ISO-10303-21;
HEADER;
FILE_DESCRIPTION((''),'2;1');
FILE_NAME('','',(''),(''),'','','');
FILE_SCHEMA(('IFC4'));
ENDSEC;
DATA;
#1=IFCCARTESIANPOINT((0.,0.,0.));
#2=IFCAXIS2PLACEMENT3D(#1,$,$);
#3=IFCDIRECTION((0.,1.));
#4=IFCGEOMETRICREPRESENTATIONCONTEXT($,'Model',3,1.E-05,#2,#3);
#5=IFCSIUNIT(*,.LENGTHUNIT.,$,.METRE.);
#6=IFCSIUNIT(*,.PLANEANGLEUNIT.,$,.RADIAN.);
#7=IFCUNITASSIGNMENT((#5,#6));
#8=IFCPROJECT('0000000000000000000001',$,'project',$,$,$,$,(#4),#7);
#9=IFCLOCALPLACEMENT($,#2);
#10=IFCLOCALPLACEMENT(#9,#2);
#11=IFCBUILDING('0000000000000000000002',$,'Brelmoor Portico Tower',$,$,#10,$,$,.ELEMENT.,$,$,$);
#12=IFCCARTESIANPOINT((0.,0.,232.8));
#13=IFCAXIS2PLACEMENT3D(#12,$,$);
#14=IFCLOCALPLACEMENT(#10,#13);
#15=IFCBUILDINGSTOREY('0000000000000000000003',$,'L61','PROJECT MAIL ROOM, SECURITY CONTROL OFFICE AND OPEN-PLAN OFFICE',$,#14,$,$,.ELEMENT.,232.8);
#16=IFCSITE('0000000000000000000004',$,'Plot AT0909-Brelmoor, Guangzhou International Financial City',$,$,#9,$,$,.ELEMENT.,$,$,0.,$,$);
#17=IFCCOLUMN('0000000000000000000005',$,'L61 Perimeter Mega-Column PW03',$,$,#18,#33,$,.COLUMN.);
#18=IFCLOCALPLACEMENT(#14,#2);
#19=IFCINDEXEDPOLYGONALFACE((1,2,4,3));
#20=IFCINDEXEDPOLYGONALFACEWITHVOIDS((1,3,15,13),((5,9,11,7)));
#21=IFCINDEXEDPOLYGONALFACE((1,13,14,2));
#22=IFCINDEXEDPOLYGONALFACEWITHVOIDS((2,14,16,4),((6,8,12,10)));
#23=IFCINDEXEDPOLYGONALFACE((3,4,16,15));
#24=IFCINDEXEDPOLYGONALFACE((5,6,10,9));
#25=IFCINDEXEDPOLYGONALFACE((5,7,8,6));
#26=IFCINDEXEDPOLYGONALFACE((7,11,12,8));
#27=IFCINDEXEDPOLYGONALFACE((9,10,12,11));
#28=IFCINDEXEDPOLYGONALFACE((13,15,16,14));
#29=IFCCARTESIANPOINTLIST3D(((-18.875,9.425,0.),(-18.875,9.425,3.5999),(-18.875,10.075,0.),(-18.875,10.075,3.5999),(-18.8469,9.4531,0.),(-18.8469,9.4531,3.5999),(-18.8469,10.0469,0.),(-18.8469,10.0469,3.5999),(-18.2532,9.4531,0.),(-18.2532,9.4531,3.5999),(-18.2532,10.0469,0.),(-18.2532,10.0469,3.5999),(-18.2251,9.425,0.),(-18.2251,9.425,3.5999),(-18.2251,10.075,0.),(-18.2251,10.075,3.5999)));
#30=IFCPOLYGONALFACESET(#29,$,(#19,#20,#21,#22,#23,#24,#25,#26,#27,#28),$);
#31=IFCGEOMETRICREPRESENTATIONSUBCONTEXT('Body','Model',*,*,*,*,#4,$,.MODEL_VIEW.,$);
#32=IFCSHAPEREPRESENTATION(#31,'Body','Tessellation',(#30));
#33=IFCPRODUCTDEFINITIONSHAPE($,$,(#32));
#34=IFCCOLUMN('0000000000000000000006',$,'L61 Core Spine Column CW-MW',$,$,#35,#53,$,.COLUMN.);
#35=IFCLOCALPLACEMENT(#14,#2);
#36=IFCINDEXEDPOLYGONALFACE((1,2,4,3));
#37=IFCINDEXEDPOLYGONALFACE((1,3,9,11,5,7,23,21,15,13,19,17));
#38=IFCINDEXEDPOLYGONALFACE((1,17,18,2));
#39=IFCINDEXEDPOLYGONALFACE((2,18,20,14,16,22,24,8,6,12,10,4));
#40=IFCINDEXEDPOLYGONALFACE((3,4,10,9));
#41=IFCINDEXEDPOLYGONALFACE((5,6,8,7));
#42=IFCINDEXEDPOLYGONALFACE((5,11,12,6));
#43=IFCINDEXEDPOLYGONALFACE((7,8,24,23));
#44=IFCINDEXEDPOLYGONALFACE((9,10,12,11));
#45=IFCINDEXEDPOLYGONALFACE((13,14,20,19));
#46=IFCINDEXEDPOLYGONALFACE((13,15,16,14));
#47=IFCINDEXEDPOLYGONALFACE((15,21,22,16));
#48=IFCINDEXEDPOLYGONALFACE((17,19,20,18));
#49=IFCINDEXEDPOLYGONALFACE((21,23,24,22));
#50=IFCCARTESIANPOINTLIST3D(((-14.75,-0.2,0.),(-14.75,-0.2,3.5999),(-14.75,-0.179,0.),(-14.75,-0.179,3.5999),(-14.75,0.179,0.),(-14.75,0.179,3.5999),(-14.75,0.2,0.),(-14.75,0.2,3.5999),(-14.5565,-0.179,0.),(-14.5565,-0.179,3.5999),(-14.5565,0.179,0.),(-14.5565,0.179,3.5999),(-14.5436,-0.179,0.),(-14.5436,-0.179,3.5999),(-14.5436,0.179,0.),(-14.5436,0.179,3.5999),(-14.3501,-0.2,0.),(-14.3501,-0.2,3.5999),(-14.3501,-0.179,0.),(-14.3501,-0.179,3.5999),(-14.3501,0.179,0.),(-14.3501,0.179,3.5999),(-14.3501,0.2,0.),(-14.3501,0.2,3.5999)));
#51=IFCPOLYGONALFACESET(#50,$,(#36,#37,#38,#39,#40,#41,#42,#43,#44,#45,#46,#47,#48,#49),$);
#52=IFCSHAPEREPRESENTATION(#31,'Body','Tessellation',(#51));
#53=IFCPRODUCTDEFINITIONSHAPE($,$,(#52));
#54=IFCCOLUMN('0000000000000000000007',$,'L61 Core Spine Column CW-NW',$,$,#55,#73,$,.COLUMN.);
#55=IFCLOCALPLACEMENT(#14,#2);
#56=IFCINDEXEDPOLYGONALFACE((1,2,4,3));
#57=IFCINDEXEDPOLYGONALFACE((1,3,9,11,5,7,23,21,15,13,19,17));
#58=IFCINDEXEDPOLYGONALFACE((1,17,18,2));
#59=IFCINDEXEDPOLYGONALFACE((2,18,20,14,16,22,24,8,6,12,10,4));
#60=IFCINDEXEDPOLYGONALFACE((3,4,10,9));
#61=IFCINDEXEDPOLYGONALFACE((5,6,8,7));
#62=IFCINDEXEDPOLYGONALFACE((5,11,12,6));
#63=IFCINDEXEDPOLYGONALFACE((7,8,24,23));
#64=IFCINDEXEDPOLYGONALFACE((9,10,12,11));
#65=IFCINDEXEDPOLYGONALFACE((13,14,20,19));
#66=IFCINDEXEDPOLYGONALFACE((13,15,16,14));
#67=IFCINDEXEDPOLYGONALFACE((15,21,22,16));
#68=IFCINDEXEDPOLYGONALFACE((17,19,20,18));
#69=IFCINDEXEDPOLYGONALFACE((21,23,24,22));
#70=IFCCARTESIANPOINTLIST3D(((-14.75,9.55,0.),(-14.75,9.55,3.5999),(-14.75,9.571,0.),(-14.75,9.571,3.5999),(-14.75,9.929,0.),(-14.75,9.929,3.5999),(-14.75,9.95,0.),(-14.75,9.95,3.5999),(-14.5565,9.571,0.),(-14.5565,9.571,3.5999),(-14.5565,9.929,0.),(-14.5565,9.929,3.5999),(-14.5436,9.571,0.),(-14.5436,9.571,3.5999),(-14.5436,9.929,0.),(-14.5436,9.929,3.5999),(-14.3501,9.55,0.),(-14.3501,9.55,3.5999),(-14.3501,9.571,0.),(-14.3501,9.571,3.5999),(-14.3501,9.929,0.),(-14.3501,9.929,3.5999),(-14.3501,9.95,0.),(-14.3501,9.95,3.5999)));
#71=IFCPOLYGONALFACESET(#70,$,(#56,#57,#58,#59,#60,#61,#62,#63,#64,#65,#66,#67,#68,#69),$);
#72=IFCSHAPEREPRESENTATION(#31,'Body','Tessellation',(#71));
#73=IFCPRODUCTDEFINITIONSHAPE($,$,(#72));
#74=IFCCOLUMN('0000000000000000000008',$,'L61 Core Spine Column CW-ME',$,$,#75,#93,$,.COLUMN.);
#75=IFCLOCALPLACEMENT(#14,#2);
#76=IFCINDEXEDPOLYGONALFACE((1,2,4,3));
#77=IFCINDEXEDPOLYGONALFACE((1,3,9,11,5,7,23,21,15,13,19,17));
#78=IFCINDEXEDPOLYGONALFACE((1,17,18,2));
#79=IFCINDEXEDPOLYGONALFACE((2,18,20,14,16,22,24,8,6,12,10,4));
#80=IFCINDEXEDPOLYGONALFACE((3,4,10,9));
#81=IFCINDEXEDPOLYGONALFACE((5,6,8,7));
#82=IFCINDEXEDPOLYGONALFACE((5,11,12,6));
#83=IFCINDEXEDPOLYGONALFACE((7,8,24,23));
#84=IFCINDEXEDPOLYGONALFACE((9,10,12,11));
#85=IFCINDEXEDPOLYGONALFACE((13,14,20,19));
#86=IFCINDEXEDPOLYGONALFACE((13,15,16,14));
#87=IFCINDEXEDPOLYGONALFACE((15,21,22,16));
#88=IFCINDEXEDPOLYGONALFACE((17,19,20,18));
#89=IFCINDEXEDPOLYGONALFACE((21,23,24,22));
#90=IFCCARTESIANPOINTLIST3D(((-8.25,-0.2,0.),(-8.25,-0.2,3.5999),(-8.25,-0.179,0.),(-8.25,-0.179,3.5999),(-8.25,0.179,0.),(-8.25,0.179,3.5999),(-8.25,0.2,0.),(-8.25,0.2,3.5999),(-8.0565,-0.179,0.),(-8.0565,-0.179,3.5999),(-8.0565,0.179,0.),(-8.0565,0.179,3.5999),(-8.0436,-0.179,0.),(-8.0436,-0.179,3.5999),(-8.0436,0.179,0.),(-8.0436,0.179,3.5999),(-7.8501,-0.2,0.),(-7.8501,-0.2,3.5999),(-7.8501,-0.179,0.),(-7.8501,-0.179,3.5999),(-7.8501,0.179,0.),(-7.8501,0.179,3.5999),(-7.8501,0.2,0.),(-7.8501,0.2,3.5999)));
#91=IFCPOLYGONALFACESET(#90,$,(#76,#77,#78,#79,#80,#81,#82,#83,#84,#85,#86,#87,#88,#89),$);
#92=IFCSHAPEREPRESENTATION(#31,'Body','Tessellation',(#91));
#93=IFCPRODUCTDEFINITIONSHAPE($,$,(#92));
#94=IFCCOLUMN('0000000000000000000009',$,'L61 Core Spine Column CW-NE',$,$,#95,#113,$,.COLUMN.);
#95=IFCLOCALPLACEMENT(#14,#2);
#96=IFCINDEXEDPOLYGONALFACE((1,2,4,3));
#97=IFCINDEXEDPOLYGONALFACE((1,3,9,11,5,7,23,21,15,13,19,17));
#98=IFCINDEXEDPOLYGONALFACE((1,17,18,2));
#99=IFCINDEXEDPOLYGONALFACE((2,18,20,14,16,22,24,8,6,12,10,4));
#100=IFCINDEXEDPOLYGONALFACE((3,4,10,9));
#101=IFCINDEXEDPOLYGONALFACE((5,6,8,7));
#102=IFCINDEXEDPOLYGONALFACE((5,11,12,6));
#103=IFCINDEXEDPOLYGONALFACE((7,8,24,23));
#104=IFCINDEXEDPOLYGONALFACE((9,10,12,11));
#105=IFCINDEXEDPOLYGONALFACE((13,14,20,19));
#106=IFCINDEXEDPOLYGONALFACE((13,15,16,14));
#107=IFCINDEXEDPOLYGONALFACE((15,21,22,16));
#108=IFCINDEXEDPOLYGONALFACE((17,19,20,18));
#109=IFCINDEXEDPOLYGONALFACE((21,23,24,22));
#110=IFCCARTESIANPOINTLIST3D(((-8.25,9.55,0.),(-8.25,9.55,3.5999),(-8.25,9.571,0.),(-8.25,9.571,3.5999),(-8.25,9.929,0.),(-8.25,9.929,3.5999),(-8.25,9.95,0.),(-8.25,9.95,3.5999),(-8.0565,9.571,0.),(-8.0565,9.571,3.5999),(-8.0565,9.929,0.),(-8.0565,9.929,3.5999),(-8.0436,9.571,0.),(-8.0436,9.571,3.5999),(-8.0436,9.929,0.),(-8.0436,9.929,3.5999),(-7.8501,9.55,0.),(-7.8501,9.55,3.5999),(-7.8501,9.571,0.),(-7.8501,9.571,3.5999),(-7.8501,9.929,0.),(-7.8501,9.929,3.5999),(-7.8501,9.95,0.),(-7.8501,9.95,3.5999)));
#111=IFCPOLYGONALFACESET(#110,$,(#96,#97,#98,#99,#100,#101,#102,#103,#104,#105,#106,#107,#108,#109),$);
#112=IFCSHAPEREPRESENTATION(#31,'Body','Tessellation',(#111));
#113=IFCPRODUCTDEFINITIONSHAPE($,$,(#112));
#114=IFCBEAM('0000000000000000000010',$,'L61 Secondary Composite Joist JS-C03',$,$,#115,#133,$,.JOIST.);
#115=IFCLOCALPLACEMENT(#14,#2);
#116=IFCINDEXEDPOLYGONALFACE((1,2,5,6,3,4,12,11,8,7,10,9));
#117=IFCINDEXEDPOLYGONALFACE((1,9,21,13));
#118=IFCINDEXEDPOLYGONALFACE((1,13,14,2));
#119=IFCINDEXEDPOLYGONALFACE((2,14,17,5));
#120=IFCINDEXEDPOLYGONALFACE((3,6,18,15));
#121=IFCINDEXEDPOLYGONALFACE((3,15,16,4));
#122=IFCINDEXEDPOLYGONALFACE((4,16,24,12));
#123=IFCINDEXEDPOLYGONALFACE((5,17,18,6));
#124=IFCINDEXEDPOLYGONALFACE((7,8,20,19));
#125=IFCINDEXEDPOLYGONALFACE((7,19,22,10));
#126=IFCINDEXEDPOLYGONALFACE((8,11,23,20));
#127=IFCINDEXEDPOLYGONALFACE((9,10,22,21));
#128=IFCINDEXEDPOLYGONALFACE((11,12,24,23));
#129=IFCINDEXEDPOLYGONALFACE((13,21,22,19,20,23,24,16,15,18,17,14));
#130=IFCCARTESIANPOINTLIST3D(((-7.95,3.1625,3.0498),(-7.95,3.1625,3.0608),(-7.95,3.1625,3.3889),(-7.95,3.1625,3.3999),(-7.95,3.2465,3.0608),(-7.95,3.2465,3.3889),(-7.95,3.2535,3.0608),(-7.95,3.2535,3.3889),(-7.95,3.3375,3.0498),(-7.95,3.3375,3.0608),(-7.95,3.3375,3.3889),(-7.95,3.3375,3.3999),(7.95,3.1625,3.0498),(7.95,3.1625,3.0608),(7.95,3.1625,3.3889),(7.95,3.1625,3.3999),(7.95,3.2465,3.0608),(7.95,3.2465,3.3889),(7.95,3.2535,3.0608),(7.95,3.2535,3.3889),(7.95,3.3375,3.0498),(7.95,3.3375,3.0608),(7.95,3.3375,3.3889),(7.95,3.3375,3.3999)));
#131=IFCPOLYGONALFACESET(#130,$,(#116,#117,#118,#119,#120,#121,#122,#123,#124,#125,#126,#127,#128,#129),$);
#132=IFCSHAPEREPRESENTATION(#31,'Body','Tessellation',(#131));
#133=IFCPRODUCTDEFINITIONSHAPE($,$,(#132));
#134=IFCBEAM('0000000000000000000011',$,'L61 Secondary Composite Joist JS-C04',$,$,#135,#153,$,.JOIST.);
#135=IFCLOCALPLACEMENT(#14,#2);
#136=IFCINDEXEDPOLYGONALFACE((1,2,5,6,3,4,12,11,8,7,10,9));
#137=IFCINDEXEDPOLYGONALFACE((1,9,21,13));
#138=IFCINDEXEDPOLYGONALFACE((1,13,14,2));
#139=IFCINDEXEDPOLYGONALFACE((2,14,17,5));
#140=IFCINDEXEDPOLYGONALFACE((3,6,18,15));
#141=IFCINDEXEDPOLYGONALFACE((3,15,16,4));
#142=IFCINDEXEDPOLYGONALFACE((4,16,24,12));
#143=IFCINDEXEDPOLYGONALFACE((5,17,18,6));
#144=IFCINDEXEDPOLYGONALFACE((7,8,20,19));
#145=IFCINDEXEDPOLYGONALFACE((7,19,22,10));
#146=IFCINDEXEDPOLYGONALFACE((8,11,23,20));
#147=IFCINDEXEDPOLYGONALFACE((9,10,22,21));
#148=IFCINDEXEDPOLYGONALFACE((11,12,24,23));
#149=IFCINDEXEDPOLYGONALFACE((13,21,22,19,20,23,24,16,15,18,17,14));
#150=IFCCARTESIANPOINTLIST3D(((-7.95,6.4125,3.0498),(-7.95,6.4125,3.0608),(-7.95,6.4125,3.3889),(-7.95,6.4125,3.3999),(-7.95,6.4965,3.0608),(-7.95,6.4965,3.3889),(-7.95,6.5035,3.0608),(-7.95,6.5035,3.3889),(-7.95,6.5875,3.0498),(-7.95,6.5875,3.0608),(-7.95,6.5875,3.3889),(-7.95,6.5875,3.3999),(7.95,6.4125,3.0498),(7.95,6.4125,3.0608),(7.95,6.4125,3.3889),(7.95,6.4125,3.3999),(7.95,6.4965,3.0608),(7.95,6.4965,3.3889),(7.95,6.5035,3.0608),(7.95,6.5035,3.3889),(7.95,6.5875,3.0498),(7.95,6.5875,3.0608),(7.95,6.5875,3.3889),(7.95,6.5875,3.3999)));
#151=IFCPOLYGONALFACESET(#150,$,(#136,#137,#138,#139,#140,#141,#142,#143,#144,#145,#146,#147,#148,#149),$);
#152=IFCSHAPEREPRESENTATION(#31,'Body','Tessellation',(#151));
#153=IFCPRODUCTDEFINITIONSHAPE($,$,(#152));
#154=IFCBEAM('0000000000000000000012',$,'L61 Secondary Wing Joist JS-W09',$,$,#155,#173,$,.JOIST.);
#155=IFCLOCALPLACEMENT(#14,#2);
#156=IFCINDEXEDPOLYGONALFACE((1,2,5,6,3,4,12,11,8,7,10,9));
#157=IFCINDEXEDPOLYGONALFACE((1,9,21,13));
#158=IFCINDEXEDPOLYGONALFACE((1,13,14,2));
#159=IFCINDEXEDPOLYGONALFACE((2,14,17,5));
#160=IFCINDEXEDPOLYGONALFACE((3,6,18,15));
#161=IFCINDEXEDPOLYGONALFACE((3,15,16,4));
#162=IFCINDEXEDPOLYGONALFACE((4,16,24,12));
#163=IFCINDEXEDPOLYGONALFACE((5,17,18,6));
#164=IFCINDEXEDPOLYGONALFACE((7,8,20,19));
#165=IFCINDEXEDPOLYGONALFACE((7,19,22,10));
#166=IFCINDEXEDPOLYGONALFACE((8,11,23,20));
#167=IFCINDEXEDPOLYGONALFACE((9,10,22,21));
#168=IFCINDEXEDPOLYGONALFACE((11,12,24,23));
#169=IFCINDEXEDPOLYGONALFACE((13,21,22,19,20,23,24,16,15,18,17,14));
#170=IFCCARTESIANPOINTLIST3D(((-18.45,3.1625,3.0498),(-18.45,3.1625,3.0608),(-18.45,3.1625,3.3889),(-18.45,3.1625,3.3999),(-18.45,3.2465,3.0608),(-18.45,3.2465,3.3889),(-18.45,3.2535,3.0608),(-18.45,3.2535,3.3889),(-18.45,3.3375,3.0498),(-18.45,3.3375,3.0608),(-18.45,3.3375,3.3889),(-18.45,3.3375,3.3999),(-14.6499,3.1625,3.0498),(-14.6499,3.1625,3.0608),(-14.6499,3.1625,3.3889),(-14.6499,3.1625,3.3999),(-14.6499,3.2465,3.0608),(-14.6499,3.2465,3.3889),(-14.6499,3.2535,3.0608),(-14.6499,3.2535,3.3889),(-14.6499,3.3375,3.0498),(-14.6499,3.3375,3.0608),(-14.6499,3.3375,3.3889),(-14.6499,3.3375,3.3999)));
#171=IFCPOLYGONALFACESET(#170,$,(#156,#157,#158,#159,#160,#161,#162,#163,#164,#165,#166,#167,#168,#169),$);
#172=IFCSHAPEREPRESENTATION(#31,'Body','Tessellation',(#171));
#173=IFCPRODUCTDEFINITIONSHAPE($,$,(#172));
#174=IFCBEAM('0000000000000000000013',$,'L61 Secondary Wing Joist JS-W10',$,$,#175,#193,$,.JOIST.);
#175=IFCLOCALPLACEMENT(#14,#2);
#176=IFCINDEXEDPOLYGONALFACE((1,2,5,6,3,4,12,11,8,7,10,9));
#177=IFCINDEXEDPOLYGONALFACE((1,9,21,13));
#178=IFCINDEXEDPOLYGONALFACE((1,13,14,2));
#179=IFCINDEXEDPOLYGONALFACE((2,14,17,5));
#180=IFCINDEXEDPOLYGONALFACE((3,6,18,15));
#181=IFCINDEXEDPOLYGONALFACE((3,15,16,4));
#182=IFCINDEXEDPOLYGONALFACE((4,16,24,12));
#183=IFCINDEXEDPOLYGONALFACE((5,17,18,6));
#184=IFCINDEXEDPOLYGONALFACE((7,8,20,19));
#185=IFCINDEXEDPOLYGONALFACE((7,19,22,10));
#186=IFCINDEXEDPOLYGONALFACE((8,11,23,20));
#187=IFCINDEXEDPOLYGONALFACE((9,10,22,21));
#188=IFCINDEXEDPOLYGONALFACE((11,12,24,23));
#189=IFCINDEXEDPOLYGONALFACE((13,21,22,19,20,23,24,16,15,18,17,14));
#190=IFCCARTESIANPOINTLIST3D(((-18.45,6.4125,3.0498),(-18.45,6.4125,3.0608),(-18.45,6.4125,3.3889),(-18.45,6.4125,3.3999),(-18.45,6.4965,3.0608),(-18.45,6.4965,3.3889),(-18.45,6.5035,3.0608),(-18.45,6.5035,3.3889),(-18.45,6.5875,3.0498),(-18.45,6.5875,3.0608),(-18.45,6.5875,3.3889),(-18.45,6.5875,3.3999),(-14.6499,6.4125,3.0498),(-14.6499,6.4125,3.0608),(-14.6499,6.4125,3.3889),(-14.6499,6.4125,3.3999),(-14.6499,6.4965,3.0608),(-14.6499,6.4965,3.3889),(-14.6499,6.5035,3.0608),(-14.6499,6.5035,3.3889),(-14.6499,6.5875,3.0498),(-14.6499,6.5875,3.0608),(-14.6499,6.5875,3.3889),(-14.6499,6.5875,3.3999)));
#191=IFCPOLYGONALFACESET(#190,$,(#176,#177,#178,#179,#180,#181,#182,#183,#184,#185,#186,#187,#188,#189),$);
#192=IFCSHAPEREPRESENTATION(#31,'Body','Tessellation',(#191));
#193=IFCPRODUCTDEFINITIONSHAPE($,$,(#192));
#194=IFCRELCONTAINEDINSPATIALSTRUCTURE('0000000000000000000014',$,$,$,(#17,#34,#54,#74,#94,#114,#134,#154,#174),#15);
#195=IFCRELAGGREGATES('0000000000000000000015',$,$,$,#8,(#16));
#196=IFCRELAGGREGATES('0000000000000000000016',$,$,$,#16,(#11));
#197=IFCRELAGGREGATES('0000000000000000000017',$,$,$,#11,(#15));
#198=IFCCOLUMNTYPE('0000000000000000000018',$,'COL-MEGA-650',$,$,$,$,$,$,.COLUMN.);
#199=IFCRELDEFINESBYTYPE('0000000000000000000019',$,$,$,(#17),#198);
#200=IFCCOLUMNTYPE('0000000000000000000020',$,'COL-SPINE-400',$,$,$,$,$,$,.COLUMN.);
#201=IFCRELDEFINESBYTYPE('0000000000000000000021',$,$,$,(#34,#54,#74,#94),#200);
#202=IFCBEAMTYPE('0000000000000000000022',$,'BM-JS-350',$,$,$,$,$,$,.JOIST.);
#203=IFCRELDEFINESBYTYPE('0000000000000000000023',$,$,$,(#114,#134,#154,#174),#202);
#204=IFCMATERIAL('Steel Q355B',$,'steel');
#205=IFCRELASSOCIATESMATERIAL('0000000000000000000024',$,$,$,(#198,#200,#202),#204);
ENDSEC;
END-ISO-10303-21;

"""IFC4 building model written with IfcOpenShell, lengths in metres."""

from ifc_helpers import new_model, si_unit, direction, frame, origin, origin_2d, place, context, subcontext, project, spatial, hollow_rectangle, i_section, extrude, material, material_profile, profile_set, type_object, element, save


model = new_model("IFC4")

# Units and contexts
model_context = context("Model", 3, precision=1e-05, world=origin(), true_north=direction((0.0, 1.0)))
body_context = subcontext(model_context, "Body", "Model", "MODEL_VIEW")
ifc_project = project(units=[si_unit("LENGTHUNIT", "METRE"), si_unit("PLANEANGLEUNIT", "RADIAN")], contexts=[model_context])

# Site, building, storey
site_placement = place(None, origin())
site = spatial("IfcSite", under=ifc_project, at=site_placement, Name="Plot AT0909-Brelmoor, Guangzhou International Financial City", CompositionType="ELEMENT", RefElevation=0.0)
building_placement = place(site_placement, origin())
building = spatial("IfcBuilding", under=site, at=building_placement, Name="Brelmoor Portico Tower", CompositionType="ELEMENT")
storey_placement = place(building_placement, frame((0.0, 0.0, 232.8)))
storey = spatial("IfcBuildingStorey", under=building, at=storey_placement, Name="L61", Description="PROJECT MAIL ROOM, SECURITY CONTROL OFFICE AND OPEN-PLAN OFFICE", CompositionType="ELEMENT", Elevation=232.8)

# Columns
ifc_material_1 = material(Name="Steel Q355B", Category="steel")
ifc_material_profile_1 = material_profile(ifc_material_1, hollow_rectangle(XDim=0.6499, YDim=0.6499, WallThickness=0.0281, at=origin_2d()), Name="BOX 650x650x28")
ifc_profile_set_1 = profile_set([ifc_material_profile_1], Name="Steel Q355B")
column_type_1 = type_object("IfcColumnType", Name="COL-MEGA-650", PredefinedType="COLUMN", material=ifc_profile_set_1)
column_placement = place(storey_placement, frame((-18.55, 9.75, 0.0), z_axis=(0.0, 0.0, 1.0), x_axis=(0.0, 1.0, 0.0)))
element("IfcColumn", 1, at=column_placement, inside=storey, type_object=column_type_1, Name="L61 Perimeter Mega-Column PW03", PredefinedType="COLUMN", context=body_context, shape_type="SweptSolid", body=[
    extrude(hollow_rectangle(XDim=0.6499, YDim=0.6499, WallThickness=0.0281, at=origin_2d()), origin(), (0.0, 0.0, 1.0), 3.5999),
])
ifc_material_profile_2 = material_profile(ifc_material_1, i_section(OverallWidth=0.3999, OverallDepth=0.3999, WebThickness=0.0129, FlangeThickness=0.021, at=origin_2d()), Name="HW 400x400x13x21")
ifc_profile_set_2 = profile_set([ifc_material_profile_2], Name="Steel Q355B")
column_type_2 = type_object("IfcColumnType", Name="COL-SPINE-400", PredefinedType="COLUMN", material=ifc_profile_set_2)
for number, where, z_axis, x_axis, name in (
    (2, (-14.55, 0.0, 0.0), (0.0, 0.0, 1.0), (1.0, 0.0, 0.0), "L61 Core Spine Column CW-MW"),
    (3, (-14.55, 9.75, 0.0), (0.0, 0.0, 1.0), (1.0, 0.0, 0.0), "L61 Core Spine Column CW-NW"),
    (4, (-8.05, 0.0, 0.0), (0.0, 0.0, 1.0), (1.0, 0.0, 0.0), "L61 Core Spine Column CW-ME"),
    (5, (-8.05, 9.75, 0.0), (0.0, 0.0, 1.0), (1.0, 0.0, 0.0), "L61 Core Spine Column CW-NE"),
):
    element("IfcColumn", number, at=place(storey_placement, frame(where, z_axis=z_axis, x_axis=x_axis)), inside=storey, type_object=column_type_2, Name=name, PredefinedType="COLUMN", context=body_context, shape_type="SweptSolid", body=[
        extrude(i_section(OverallWidth=0.3999, OverallDepth=0.3999, WebThickness=0.0129, FlangeThickness=0.021, at=origin_2d()), origin(), (0.0, 0.0, 1.0), 3.5999),
    ])

# Beams
ifc_material_profile_3 = material_profile(ifc_material_1, i_section(OverallWidth=0.175, OverallDepth=0.3501, WebThickness=0.0071, FlangeThickness=0.011, at=origin_2d()), Name="HN 350x175x7x11")
ifc_profile_set_3 = profile_set([ifc_material_profile_3], Name="Steel Q355B")
beam_type_1 = type_object("IfcBeamType", Name="BM-JS-350", PredefinedType="JOIST", material=ifc_profile_set_3)
for number, where, z_axis, x_axis, name in (
    (6, (-7.95, 3.25, 3.2249), (1.0, 0.0, 0.0), (0.0, 1.0, 0.0), "L61 Secondary Composite Joist JS-C03"),
    (7, (-7.95, 6.5, 3.2249), (1.0, 0.0, 0.0), (0.0, 1.0, 0.0), "L61 Secondary Composite Joist JS-C04"),
):
    element("IfcBeam", number, at=place(storey_placement, frame(where, z_axis=z_axis, x_axis=x_axis)), inside=storey, type_object=beam_type_1, Name=name, PredefinedType="JOIST", context=body_context, shape_type="SweptSolid", body=[
        extrude(i_section(OverallWidth=0.175, OverallDepth=0.3501, WebThickness=0.0071, FlangeThickness=0.011, at=origin_2d()), origin(), (0.0, 0.0, 1.0), 15.8999),
    ])
for number, where, z_axis, x_axis, name in (
    (8, (-18.45, 3.25, 3.2249), (1.0, 0.0, 0.0), (0.0, 1.0, 0.0), "L61 Secondary Wing Joist JS-W09"),
    (9, (-18.45, 6.5, 3.2249), (1.0, 0.0, 0.0), (0.0, 1.0, 0.0), "L61 Secondary Wing Joist JS-W10"),
):
    element("IfcBeam", number, at=place(storey_placement, frame(where, z_axis=z_axis, x_axis=x_axis)), inside=storey, type_object=beam_type_1, Name=name, PredefinedType="JOIST", context=body_context, shape_type="SweptSolid", body=[
        extrude(i_section(OverallWidth=0.175, OverallDepth=0.3501, WebThickness=0.0071, FlangeThickness=0.011, at=origin_2d()), origin(), (0.0, 0.0, 1.0), 3.8),
    ])

save(model, "model.ifc")
